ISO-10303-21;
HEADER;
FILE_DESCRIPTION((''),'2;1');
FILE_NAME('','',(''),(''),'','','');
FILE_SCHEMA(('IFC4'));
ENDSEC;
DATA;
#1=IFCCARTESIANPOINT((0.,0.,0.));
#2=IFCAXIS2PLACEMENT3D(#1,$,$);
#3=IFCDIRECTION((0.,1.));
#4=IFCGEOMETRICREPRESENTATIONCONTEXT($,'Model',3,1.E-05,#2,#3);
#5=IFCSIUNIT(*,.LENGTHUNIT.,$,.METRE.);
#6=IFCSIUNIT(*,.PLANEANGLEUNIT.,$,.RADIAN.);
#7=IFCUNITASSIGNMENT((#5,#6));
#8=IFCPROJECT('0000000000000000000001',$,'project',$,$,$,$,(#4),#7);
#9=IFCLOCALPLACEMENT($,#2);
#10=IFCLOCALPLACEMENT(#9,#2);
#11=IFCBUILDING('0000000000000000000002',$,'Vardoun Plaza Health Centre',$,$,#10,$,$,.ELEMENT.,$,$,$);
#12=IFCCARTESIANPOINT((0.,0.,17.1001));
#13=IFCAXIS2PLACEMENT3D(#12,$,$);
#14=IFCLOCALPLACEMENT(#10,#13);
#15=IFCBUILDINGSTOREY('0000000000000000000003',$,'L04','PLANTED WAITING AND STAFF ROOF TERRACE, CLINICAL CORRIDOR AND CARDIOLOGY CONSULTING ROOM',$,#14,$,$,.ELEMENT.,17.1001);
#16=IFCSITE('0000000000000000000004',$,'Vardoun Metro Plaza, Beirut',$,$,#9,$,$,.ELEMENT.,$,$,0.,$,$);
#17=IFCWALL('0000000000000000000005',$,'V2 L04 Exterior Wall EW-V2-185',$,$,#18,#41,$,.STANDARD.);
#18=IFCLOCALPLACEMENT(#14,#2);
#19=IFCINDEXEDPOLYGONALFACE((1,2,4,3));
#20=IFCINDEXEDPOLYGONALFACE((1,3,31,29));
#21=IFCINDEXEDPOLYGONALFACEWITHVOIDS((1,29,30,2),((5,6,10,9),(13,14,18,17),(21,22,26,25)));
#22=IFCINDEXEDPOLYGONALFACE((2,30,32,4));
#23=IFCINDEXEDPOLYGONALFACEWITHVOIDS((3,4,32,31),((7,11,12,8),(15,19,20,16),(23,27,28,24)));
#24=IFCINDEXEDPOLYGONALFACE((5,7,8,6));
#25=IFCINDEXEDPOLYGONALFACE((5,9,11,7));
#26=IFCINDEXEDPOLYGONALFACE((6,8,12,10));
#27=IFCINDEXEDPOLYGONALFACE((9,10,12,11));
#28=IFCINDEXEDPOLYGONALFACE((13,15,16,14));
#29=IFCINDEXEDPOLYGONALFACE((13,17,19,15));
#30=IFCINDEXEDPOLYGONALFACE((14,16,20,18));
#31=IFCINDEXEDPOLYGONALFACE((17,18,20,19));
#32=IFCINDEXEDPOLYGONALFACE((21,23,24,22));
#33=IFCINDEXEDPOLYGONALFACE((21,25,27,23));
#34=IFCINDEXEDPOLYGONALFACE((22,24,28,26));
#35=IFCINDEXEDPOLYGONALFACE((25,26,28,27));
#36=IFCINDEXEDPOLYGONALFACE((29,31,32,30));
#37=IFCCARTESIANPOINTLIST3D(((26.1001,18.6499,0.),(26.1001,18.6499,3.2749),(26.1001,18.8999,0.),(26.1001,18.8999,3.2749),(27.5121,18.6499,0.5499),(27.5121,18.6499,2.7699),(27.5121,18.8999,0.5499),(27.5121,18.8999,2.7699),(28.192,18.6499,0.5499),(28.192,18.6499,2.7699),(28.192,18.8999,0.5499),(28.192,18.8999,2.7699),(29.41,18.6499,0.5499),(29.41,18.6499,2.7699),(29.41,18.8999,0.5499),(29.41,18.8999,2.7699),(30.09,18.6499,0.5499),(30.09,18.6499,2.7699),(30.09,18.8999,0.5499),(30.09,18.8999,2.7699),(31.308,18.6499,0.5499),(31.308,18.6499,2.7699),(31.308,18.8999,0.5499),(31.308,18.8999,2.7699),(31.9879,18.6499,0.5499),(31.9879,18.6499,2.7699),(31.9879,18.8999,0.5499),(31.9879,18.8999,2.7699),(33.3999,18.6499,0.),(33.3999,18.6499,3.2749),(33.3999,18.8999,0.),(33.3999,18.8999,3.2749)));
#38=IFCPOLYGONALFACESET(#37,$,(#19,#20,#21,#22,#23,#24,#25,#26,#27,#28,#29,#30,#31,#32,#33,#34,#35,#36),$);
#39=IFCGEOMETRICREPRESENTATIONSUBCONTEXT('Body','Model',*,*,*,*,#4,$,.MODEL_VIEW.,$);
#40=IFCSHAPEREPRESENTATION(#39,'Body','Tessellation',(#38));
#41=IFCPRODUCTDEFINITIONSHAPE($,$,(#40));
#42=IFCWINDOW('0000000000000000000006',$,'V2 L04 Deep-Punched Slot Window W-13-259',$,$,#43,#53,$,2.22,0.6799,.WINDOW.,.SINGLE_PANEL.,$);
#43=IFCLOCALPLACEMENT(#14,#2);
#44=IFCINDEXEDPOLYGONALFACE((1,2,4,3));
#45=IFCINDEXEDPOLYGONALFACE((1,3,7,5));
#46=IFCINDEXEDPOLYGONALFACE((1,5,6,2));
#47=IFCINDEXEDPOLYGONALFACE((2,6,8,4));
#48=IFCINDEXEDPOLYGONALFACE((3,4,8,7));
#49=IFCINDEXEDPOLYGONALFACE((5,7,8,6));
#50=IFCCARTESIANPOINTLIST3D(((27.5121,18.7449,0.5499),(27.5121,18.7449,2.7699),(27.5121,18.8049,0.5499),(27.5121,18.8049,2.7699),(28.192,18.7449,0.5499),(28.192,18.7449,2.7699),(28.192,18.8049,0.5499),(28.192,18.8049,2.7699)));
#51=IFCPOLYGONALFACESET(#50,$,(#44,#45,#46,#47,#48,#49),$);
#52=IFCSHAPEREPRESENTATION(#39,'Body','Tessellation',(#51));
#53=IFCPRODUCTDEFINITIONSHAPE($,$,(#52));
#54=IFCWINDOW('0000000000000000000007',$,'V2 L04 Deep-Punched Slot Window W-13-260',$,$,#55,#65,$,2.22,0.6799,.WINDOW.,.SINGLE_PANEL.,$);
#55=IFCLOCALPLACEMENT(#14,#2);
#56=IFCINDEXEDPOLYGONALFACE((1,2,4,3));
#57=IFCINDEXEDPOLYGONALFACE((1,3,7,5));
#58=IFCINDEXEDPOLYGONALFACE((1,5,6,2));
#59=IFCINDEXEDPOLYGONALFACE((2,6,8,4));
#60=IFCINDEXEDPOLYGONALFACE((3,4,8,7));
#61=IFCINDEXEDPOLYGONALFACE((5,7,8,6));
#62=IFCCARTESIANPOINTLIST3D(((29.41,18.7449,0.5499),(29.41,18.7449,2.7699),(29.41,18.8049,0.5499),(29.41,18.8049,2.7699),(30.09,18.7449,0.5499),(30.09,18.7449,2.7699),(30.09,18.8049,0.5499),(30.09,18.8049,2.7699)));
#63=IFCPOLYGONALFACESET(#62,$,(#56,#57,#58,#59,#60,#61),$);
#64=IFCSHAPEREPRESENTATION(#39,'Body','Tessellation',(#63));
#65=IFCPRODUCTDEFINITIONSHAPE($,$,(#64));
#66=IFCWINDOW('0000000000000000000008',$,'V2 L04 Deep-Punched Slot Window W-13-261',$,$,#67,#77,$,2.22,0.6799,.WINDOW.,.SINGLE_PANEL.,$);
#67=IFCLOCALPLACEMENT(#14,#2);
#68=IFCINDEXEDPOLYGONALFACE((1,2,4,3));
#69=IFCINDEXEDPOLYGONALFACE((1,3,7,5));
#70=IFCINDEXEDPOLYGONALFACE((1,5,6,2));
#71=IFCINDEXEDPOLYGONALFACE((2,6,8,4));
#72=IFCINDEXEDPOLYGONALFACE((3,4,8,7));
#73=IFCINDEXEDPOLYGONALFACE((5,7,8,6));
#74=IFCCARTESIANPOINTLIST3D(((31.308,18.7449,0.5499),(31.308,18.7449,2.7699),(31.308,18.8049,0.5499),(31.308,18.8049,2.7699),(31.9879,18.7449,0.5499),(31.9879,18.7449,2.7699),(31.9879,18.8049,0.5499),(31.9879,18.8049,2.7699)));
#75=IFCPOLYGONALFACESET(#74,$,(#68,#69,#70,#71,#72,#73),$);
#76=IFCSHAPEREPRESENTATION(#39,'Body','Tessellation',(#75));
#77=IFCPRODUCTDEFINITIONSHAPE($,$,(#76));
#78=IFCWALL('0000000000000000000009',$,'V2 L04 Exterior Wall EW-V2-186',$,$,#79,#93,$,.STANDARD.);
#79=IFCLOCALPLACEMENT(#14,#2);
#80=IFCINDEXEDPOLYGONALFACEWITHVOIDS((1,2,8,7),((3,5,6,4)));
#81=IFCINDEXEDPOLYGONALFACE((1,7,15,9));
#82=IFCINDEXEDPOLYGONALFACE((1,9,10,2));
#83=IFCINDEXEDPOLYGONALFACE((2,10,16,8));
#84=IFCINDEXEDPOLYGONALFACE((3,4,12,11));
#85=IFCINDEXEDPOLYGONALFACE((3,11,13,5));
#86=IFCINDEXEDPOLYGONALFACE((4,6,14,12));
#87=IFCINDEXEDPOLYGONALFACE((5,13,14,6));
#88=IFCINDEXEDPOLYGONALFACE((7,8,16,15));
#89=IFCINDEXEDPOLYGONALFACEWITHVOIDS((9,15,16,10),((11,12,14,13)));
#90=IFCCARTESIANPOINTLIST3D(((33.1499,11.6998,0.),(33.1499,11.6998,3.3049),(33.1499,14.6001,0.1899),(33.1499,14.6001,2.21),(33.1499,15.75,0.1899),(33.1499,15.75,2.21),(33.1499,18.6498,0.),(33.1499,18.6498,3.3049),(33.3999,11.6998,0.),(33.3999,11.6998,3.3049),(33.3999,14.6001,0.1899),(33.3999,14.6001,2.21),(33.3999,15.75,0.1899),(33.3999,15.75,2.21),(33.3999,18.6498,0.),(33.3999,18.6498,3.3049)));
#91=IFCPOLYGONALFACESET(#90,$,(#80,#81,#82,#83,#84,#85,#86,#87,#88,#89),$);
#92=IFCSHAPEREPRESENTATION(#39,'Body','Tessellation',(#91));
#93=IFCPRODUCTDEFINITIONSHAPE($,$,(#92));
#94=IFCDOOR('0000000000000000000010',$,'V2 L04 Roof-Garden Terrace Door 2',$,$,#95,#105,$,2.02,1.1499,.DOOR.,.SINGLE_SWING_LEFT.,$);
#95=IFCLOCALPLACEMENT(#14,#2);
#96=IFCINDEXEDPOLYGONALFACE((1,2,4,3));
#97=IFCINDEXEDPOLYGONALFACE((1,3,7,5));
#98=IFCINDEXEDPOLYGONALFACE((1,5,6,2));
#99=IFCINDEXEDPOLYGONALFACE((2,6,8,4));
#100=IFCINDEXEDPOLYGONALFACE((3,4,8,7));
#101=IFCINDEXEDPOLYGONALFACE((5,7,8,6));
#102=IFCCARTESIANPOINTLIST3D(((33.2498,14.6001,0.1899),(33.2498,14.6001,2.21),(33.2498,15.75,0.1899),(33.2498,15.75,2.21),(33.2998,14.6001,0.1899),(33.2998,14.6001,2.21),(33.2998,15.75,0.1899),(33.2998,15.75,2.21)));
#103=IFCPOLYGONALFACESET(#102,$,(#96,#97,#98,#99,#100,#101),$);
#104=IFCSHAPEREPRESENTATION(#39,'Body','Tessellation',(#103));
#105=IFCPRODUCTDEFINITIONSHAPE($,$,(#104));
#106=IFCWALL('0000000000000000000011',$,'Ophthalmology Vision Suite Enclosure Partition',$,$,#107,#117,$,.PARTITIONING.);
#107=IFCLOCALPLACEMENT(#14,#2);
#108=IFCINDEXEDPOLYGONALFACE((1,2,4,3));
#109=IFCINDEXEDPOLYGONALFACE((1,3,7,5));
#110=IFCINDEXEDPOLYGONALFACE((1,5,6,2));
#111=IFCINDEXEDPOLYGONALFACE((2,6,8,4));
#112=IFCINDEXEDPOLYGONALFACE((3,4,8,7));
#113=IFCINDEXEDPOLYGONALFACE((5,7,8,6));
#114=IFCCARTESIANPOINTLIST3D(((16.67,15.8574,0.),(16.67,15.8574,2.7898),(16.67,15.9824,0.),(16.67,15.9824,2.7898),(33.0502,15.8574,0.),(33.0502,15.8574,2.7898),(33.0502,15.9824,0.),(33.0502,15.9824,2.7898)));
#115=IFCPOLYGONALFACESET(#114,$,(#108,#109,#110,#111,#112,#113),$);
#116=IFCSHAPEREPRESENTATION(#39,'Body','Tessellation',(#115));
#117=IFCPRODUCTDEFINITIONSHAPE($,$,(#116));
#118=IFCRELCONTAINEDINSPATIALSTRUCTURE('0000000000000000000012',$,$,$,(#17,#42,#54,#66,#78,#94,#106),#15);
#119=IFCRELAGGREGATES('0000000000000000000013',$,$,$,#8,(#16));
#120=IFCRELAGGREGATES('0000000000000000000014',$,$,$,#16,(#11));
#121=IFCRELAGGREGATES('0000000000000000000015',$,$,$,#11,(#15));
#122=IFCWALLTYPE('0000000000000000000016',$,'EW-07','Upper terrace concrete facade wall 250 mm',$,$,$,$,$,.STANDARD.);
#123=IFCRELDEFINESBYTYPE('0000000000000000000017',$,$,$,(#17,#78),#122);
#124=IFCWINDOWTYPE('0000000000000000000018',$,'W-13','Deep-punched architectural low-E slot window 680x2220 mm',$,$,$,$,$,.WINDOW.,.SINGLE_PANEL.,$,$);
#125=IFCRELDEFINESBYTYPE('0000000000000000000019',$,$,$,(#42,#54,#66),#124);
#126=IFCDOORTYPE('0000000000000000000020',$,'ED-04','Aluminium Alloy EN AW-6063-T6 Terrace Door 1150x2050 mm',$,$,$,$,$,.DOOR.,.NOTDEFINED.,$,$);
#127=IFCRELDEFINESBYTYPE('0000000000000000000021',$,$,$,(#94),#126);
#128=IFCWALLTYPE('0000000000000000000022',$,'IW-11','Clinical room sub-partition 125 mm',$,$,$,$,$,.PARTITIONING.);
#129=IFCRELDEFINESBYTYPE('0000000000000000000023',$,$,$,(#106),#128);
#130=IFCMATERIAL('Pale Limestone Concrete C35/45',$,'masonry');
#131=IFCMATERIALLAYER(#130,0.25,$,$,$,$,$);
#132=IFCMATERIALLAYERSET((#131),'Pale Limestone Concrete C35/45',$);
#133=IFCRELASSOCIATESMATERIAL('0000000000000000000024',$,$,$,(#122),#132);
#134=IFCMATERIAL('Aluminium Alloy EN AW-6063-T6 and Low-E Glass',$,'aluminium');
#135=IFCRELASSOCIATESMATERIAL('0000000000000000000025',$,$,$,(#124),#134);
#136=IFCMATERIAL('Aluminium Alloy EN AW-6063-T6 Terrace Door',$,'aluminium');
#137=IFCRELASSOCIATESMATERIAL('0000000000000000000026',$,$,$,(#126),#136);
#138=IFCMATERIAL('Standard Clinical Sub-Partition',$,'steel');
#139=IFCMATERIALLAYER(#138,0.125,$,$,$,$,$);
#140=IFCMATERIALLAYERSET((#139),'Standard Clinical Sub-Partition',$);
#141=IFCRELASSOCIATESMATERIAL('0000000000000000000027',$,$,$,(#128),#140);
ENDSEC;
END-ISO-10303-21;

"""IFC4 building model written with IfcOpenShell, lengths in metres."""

from ifc_helpers import new_model, si_unit, direction, frame, frame_2d, origin, place, context, subcontext, project, spatial, rectangle, extrude, material, layer, layer_set, type_object, element, fill, save


model = new_model("IFC4")

# Units and contexts
model_context = context("Model", 3, precision=1e-05, world=origin(), true_north=direction((0.0, 1.0)))
body_context = subcontext(model_context, "Body", "Model", "MODEL_VIEW")
ifc_project = project(units=[si_unit("LENGTHUNIT", "METRE"), si_unit("PLANEANGLEUNIT", "RADIAN")], contexts=[model_context])

# Site, building, storey
site_placement = place(None, origin())
site = spatial("IfcSite", under=ifc_project, at=site_placement, Name="Vardoun Metro Plaza, Beirut", CompositionType="ELEMENT", RefElevation=0.0)
building_placement = place(site_placement, origin())
building = spatial("IfcBuilding", under=site, at=building_placement, Name="Vardoun Plaza Health Centre", CompositionType="ELEMENT")
storey_placement = place(building_placement, frame((0.0, 0.0, 17.1001)))
storey = spatial("IfcBuildingStorey", under=building, at=storey_placement, Name="L04", Description="PLANTED WAITING AND STAFF ROOF TERRACE, CLINICAL CORRIDOR AND CARDIOLOGY CONSULTING ROOM", CompositionType="ELEMENT", Elevation=17.1001)

# Wall, openings, windows
ifc_material_1 = material(Name="Pale Limestone Concrete C35/45", Category="masonry")
ifc_layer_1 = layer(ifc_material_1, 0.25)
ifc_layer_set_1 = layer_set([ifc_layer_1], Name="Pale Limestone Concrete C35/45")
wall_type_1 = type_object("IfcWallType", Name="EW-07", Description="Upper terrace concrete facade wall 250 mm", PredefinedType="STANDARD", material=ifc_layer_set_1)
wall_1_placement = place(storey_placement, frame((26.1001, 18.7749, 0.0), z_axis=(0.0, 0.0, 1.0), x_axis=(1.0, 0.0, 0.0)))
wall_1 = element("IfcWall", 1, at=wall_1_placement, inside=storey, type_object=wall_type_1, Name="V2 L04 Exterior Wall EW-V2-185", PredefinedType="STANDARD", context=body_context, shape_type="SweptSolid", body=[
    extrude(rectangle(XDim=7.2998, YDim=0.25, at=frame_2d((3.6499, 0.0))), origin(), (0.0, 0.0, 1.0), 3.2749),
])
opening_1_placement = place(wall_1_placement, frame((1.4121, 0.0, 0.55)))
opening_1 = element("IfcOpeningElement", 2, at=opening_1_placement, cuts=wall_1, PredefinedType="OPENING", context=body_context, shape_type="SweptSolid", body=[
    extrude(rectangle(XDim=0.6799, YDim=2.22, at=frame_2d((0.3398, 1.1099))), frame((0.0, 0.125, 0.0), z_axis=(0.0, -1.0, 0.0), x_axis=(1.0, 0.0, 0.0)), (0.0, 0.0, 1.0), 0.25),
])
opening_2_placement = place(wall_1_placement, frame((3.3101, 0.0, 0.55)))
opening_2 = element("IfcOpeningElement", 3, at=opening_2_placement, cuts=wall_1, PredefinedType="OPENING", context=body_context, shape_type="SweptSolid", body=[
    extrude(rectangle(XDim=0.6799, YDim=2.22, at=frame_2d((0.3398, 1.1099))), frame((0.0, 0.125, 0.0), z_axis=(0.0, -1.0, 0.0), x_axis=(1.0, 0.0, 0.0)), (0.0, 0.0, 1.0), 0.25),
])
opening_3_placement = place(wall_1_placement, frame((5.208, 0.0, 0.55)))
opening_3 = element("IfcOpeningElement", 4, at=opening_3_placement, cuts=wall_1, PredefinedType="OPENING", context=body_context, shape_type="SweptSolid", body=[
    extrude(rectangle(XDim=0.6799, YDim=2.22, at=frame_2d((0.3398, 1.1099))), frame((0.0, 0.125, 0.0), z_axis=(0.0, -1.0, 0.0), x_axis=(1.0, 0.0, 0.0)), (0.0, 0.0, 1.0), 0.25),
])
ifc_material_2 = material(Name="Aluminium Alloy EN AW-6063-T6 and Low-E Glass", Category="aluminium")
window_type_1 = type_object("IfcWindowType", Name="W-13", Description="Deep-punched architectural low-E slot window 680x2220 mm", PartitioningType="SINGLE_PANEL", PredefinedType="WINDOW", material=ifc_material_2)
window_1_placement = place(opening_1_placement, origin())
window_1 = element("IfcWindow", 5, at=window_1_placement, inside=storey, type_object=window_type_1, Name="V2 L04 Deep-Punched Slot Window W-13-259", OverallHeight=2.22, OverallWidth=0.6799, PartitioningType="SINGLE_PANEL", PredefinedType="WINDOW", context=body_context, shape_type="SweptSolid", body=[
    extrude(rectangle(XDim=0.6799, YDim=2.22, at=frame_2d((0.3398, 1.1099))), frame((0.0, 0.03, 0.0), z_axis=(0.0, -1.0, 0.0), x_axis=(1.0, 0.0, 0.0)), (0.0, 0.0, 1.0), 0.0601),
])
fill(opening_1, window_1)
window_2_placement = place(opening_2_placement, origin())
window_2 = element("IfcWindow", 6, at=window_2_placement, inside=storey, type_object=window_type_1, Name="V2 L04 Deep-Punched Slot Window W-13-260", OverallHeight=2.22, OverallWidth=0.6799, PartitioningType="SINGLE_PANEL", PredefinedType="WINDOW", context=body_context, shape_type="SweptSolid", body=[
    extrude(rectangle(XDim=0.6799, YDim=2.22, at=frame_2d((0.3398, 1.1099))), frame((0.0, 0.03, 0.0), z_axis=(0.0, -1.0, 0.0), x_axis=(1.0, 0.0, 0.0)), (0.0, 0.0, 1.0), 0.0601),
])
fill(opening_2, window_2)
window_3_placement = place(opening_3_placement, origin())
window_3 = element("IfcWindow", 7, at=window_3_placement, inside=storey, type_object=window_type_1, Name="V2 L04 Deep-Punched Slot Window W-13-261", OverallHeight=2.22, OverallWidth=0.6799, PartitioningType="SINGLE_PANEL", PredefinedType="WINDOW", context=body_context, shape_type="SweptSolid", body=[
    extrude(rectangle(XDim=0.6799, YDim=2.22, at=frame_2d((0.3398, 1.1099))), frame((0.0, 0.03, 0.0), z_axis=(0.0, -1.0, 0.0), x_axis=(1.0, 0.0, 0.0)), (0.0, 0.0, 1.0), 0.0601),
])
fill(opening_3, window_3)

# Wall, opening, door
wall_2_placement = place(storey_placement, frame((33.2749, 18.6499, 0.0), z_axis=(0.0, 0.0, 1.0), x_axis=(0.0, -1.0, 0.0)))
wall_2 = element("IfcWall", 8, at=wall_2_placement, inside=storey, type_object=wall_type_1, Name="V2 L04 Exterior Wall EW-V2-186", PredefinedType="STANDARD", context=body_context, shape_type="SweptSolid", body=[
    extrude(rectangle(XDim=6.95, YDim=0.25, at=frame_2d((3.4751, 0.0))), origin(), (0.0, 0.0, 1.0), 3.3049),
])
opening_4_placement = place(wall_2_placement, frame((2.8999, 0.0, 0.1899)))
opening_4 = element("IfcOpeningElement", 9, at=opening_4_placement, cuts=wall_2, PredefinedType="OPENING", context=body_context, shape_type="SweptSolid", body=[
    extrude(rectangle(XDim=1.1499, YDim=2.02, at=frame_2d((0.575, 1.01))), frame((0.0, 0.125, 0.0), z_axis=(0.0, -1.0, 0.0), x_axis=(1.0, 0.0, 0.0)), (0.0, 0.0, 1.0), 0.25),
])
ifc_material_3 = material(Name="Aluminium Alloy EN AW-6063-T6 Terrace Door", Category="aluminium")
door_type = type_object("IfcDoorType", Name="ED-04", Description="Aluminium Alloy EN AW-6063-T6 Terrace Door 1150x2050 mm", OperationType="NOTDEFINED", PredefinedType="DOOR", material=ifc_material_3)
door_placement = place(opening_4_placement, origin())
door = element("IfcDoor", 10, at=door_placement, inside=storey, type_object=door_type, Name="V2 L04 Roof-Garden Terrace Door 2", OperationType="SINGLE_SWING_LEFT", OverallHeight=2.02, OverallWidth=1.1499, PredefinedType="DOOR", context=body_context, shape_type="SweptSolid", body=[
    extrude(rectangle(XDim=1.1499, YDim=2.02, at=frame_2d((0.575, 1.01))), frame((0.0, 0.0249, 0.0), z_axis=(0.0, -1.0, 0.0), x_axis=(1.0, 0.0, 0.0)), (0.0, 0.0, 1.0), 0.05),
])
fill(opening_4, door)

# Wall
ifc_material_4 = material(Name="Standard Clinical Sub-Partition", Category="steel")
ifc_layer_2 = layer(ifc_material_4, 0.125)
ifc_layer_set_2 = layer_set([ifc_layer_2], Name="Standard Clinical Sub-Partition")
wall_type_2 = type_object("IfcWallType", Name="IW-11", Description="Clinical room sub-partition 125 mm", PredefinedType="PARTITIONING", material=ifc_layer_set_2)
wall_3_placement = place(storey_placement, frame((33.05, 15.9199, 0.0), z_axis=(0.0, 0.0, 1.0), x_axis=(-1.0, 0.0, 0.0)))
element("IfcWall", 11, at=wall_3_placement, inside=storey, type_object=wall_type_2, Name="Ophthalmology Vision Suite Enclosure Partition", PredefinedType="PARTITIONING", context=body_context, shape_type="SweptSolid", body=[
    extrude(rectangle(XDim=16.3801, YDim=0.125, at=frame_2d((8.1899, 0.0))), origin(), (0.0, 0.0, 1.0), 2.7898),
])

save(model, "model.ifc")
